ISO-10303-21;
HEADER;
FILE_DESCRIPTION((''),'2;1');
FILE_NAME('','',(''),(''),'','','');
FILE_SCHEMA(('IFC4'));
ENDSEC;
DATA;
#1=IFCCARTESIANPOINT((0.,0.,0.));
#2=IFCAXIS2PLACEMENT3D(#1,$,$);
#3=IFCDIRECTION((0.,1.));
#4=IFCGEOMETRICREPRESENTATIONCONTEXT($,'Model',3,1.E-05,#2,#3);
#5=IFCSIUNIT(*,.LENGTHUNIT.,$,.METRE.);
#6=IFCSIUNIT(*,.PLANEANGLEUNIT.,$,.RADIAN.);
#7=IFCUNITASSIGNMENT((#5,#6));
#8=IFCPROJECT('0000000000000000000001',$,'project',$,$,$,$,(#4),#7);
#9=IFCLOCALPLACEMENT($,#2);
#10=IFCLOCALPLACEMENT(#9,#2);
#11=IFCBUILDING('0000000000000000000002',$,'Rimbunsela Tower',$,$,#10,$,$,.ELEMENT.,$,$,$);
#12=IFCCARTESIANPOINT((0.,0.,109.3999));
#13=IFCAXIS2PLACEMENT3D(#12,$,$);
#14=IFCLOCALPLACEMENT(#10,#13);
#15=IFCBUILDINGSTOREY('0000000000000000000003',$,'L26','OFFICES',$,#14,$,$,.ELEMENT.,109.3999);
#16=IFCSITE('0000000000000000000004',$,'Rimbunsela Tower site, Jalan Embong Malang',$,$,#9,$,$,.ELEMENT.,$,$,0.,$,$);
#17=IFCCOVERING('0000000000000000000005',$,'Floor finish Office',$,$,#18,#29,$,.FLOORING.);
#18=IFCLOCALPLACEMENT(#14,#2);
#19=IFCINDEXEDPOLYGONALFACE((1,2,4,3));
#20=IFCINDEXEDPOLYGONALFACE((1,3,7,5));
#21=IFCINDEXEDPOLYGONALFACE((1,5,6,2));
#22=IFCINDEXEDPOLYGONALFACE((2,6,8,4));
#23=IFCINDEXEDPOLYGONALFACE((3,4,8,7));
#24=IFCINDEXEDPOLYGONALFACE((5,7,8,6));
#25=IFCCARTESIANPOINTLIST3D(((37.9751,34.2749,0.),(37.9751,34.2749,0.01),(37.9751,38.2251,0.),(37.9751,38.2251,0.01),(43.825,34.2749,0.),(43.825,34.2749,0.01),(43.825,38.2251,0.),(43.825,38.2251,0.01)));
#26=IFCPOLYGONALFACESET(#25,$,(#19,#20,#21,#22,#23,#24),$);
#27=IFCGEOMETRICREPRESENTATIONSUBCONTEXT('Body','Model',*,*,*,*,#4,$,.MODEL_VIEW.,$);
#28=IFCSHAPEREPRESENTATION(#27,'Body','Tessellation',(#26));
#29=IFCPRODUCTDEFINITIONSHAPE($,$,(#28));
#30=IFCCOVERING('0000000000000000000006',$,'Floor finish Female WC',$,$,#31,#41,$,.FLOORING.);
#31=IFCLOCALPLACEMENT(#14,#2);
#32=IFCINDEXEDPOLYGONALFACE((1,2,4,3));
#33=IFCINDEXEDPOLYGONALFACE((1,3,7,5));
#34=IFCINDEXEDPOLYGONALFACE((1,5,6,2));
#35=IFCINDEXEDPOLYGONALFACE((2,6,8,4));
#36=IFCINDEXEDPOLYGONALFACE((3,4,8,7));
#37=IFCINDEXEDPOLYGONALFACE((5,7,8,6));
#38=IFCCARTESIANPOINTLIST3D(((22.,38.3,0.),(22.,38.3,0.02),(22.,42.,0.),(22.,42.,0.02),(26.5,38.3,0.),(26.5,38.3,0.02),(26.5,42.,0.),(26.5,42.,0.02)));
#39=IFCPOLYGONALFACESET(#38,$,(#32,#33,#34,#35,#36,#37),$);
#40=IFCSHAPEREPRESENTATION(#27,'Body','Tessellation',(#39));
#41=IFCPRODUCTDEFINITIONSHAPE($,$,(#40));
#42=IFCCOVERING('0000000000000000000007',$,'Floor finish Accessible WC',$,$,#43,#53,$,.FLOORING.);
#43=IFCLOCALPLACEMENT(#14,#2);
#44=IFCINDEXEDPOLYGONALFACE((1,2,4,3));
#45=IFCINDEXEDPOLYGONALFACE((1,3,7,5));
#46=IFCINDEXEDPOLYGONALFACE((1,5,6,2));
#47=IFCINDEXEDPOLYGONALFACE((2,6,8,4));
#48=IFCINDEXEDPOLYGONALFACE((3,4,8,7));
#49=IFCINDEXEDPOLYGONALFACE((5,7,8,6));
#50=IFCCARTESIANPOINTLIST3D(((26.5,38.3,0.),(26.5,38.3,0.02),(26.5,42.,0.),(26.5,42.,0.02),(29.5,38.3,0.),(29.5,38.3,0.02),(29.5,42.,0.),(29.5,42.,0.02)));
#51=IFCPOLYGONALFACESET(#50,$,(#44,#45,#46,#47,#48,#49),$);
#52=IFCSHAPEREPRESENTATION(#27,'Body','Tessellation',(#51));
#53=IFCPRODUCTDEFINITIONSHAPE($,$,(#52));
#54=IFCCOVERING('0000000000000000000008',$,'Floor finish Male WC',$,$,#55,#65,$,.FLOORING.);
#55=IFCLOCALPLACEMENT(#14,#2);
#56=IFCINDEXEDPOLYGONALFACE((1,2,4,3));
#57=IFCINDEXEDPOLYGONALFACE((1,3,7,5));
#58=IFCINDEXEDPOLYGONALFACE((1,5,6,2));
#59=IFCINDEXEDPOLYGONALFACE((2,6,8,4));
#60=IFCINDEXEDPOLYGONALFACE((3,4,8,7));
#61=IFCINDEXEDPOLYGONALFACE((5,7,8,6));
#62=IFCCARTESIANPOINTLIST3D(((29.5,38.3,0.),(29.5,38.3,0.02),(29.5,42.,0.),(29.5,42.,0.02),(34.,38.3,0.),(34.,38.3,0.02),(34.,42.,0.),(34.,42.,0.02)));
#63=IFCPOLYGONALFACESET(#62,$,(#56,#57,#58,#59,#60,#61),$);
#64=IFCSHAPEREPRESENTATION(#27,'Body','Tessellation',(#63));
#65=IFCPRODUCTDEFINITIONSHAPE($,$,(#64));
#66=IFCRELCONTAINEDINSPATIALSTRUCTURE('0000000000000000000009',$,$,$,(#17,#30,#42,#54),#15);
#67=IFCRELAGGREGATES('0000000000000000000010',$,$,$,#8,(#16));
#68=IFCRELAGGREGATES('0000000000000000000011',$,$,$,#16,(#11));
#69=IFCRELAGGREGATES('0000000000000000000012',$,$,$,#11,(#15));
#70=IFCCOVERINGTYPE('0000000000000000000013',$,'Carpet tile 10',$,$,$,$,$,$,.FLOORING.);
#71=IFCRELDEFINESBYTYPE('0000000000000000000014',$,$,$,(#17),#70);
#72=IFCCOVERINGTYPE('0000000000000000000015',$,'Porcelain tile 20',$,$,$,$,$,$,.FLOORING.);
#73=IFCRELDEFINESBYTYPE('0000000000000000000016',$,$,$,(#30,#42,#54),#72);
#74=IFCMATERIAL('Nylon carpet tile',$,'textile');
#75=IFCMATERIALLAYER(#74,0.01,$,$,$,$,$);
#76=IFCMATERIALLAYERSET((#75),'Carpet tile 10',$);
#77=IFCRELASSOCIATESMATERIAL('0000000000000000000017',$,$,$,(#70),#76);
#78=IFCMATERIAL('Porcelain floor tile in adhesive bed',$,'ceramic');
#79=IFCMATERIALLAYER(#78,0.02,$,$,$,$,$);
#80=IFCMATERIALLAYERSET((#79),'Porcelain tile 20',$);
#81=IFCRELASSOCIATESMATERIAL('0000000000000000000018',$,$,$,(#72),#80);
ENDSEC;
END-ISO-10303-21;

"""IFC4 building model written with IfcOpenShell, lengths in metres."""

from ifc_helpers import new_model, si_unit, direction, frame, origin, place, context, subcontext, project, spatial, polyline, outline, extrude, material, layer, layer_set, type_object, element, save


model = new_model("IFC4")

# Units and contexts
model_context = context("Model", 3, precision=1e-05, world=origin(), true_north=direction((0.0, 1.0)))
body_context = subcontext(model_context, "Body", "Model", "MODEL_VIEW")
ifc_project = project(units=[si_unit("LENGTHUNIT", "METRE"), si_unit("PLANEANGLEUNIT", "RADIAN")], contexts=[model_context])

# Site, building, storey
site_placement = place(None, origin())
site = spatial("IfcSite", under=ifc_project, at=site_placement, Name="Rimbunsela Tower site, Jalan Embong Malang", CompositionType="ELEMENT", RefElevation=0.0)
building_placement = place(site_placement, origin())
building = spatial("IfcBuilding", under=site, at=building_placement, Name="Rimbunsela Tower", CompositionType="ELEMENT")
storey_placement = place(building_placement, frame((0.0, 0.0, 109.3999)))
storey = spatial("IfcBuildingStorey", under=building, at=storey_placement, Name="L26", Description="OFFICES", CompositionType="ELEMENT", Elevation=109.3999)

# Coverings
ifc_material_1 = material(Name="Nylon carpet tile", Category="textile")
ifc_layer_1 = layer(ifc_material_1, 0.01)
ifc_layer_set_1 = layer_set([ifc_layer_1], Name="Carpet tile 10")
covering_type_1 = type_object("IfcCoveringType", Name="Carpet tile 10", PredefinedType="FLOORING", material=ifc_layer_set_1)
covering_1_placement = place(storey_placement, origin())
element("IfcCovering", 1, at=covering_1_placement, inside=storey, type_object=covering_type_1, Name="Floor finish Office", PredefinedType="FLOORING", context=body_context, shape_type="SweptSolid", body=[
    extrude(outline(polyline([(43.825, 34.2749), (43.825, 38.2251), (37.9751, 38.2251), (37.9751, 34.2749), (43.825, 34.2749)])), origin(), (0.0, 0.0, 1.0), 0.01),
])
ifc_material_2 = material(Name="Porcelain floor tile in adhesive bed", Category="ceramic")
ifc_layer_2 = layer(ifc_material_2, 0.02)
ifc_layer_set_2 = layer_set([ifc_layer_2], Name="Porcelain tile 20")
covering_type_2 = type_object("IfcCoveringType", Name="Porcelain tile 20", PredefinedType="FLOORING", material=ifc_layer_set_2)
covering_2_placement = place(storey_placement, origin())
element("IfcCovering", 2, at=covering_2_placement, inside=storey, type_object=covering_type_2, Name="Floor finish Female WC", PredefinedType="FLOORING", context=body_context, shape_type="SweptSolid", body=[
    extrude(outline(polyline([(26.5, 38.3), (26.5, 42.0), (22.0, 42.0), (22.0, 38.3), (26.5, 38.3)])), origin(), (0.0, 0.0, 1.0), 0.02),
])
covering_3_placement = place(storey_placement, origin())
element("IfcCovering", 3, at=covering_3_placement, inside=storey, type_object=covering_type_2, Name="Floor finish Accessible WC", PredefinedType="FLOORING", context=body_context, shape_type="SweptSolid", body=[
    extrude(outline(polyline([(29.5, 38.3), (29.5, 42.0), (26.5, 42.0), (26.5, 38.3), (29.5, 38.3)])), origin(), (0.0, 0.0, 1.0), 0.02),
])
covering_4_placement = place(storey_placement, origin())
element("IfcCovering", 4, at=covering_4_placement, inside=storey, type_object=covering_type_2, Name="Floor finish Male WC", PredefinedType="FLOORING", context=body_context, shape_type="SweptSolid", body=[
    extrude(outline(polyline([(34.0, 38.3), (34.0, 42.0), (29.5, 42.0), (29.5, 38.3), (34.0, 38.3)])), origin(), (0.0, 0.0, 1.0), 0.02),
])

save(model, "model.ifc")
